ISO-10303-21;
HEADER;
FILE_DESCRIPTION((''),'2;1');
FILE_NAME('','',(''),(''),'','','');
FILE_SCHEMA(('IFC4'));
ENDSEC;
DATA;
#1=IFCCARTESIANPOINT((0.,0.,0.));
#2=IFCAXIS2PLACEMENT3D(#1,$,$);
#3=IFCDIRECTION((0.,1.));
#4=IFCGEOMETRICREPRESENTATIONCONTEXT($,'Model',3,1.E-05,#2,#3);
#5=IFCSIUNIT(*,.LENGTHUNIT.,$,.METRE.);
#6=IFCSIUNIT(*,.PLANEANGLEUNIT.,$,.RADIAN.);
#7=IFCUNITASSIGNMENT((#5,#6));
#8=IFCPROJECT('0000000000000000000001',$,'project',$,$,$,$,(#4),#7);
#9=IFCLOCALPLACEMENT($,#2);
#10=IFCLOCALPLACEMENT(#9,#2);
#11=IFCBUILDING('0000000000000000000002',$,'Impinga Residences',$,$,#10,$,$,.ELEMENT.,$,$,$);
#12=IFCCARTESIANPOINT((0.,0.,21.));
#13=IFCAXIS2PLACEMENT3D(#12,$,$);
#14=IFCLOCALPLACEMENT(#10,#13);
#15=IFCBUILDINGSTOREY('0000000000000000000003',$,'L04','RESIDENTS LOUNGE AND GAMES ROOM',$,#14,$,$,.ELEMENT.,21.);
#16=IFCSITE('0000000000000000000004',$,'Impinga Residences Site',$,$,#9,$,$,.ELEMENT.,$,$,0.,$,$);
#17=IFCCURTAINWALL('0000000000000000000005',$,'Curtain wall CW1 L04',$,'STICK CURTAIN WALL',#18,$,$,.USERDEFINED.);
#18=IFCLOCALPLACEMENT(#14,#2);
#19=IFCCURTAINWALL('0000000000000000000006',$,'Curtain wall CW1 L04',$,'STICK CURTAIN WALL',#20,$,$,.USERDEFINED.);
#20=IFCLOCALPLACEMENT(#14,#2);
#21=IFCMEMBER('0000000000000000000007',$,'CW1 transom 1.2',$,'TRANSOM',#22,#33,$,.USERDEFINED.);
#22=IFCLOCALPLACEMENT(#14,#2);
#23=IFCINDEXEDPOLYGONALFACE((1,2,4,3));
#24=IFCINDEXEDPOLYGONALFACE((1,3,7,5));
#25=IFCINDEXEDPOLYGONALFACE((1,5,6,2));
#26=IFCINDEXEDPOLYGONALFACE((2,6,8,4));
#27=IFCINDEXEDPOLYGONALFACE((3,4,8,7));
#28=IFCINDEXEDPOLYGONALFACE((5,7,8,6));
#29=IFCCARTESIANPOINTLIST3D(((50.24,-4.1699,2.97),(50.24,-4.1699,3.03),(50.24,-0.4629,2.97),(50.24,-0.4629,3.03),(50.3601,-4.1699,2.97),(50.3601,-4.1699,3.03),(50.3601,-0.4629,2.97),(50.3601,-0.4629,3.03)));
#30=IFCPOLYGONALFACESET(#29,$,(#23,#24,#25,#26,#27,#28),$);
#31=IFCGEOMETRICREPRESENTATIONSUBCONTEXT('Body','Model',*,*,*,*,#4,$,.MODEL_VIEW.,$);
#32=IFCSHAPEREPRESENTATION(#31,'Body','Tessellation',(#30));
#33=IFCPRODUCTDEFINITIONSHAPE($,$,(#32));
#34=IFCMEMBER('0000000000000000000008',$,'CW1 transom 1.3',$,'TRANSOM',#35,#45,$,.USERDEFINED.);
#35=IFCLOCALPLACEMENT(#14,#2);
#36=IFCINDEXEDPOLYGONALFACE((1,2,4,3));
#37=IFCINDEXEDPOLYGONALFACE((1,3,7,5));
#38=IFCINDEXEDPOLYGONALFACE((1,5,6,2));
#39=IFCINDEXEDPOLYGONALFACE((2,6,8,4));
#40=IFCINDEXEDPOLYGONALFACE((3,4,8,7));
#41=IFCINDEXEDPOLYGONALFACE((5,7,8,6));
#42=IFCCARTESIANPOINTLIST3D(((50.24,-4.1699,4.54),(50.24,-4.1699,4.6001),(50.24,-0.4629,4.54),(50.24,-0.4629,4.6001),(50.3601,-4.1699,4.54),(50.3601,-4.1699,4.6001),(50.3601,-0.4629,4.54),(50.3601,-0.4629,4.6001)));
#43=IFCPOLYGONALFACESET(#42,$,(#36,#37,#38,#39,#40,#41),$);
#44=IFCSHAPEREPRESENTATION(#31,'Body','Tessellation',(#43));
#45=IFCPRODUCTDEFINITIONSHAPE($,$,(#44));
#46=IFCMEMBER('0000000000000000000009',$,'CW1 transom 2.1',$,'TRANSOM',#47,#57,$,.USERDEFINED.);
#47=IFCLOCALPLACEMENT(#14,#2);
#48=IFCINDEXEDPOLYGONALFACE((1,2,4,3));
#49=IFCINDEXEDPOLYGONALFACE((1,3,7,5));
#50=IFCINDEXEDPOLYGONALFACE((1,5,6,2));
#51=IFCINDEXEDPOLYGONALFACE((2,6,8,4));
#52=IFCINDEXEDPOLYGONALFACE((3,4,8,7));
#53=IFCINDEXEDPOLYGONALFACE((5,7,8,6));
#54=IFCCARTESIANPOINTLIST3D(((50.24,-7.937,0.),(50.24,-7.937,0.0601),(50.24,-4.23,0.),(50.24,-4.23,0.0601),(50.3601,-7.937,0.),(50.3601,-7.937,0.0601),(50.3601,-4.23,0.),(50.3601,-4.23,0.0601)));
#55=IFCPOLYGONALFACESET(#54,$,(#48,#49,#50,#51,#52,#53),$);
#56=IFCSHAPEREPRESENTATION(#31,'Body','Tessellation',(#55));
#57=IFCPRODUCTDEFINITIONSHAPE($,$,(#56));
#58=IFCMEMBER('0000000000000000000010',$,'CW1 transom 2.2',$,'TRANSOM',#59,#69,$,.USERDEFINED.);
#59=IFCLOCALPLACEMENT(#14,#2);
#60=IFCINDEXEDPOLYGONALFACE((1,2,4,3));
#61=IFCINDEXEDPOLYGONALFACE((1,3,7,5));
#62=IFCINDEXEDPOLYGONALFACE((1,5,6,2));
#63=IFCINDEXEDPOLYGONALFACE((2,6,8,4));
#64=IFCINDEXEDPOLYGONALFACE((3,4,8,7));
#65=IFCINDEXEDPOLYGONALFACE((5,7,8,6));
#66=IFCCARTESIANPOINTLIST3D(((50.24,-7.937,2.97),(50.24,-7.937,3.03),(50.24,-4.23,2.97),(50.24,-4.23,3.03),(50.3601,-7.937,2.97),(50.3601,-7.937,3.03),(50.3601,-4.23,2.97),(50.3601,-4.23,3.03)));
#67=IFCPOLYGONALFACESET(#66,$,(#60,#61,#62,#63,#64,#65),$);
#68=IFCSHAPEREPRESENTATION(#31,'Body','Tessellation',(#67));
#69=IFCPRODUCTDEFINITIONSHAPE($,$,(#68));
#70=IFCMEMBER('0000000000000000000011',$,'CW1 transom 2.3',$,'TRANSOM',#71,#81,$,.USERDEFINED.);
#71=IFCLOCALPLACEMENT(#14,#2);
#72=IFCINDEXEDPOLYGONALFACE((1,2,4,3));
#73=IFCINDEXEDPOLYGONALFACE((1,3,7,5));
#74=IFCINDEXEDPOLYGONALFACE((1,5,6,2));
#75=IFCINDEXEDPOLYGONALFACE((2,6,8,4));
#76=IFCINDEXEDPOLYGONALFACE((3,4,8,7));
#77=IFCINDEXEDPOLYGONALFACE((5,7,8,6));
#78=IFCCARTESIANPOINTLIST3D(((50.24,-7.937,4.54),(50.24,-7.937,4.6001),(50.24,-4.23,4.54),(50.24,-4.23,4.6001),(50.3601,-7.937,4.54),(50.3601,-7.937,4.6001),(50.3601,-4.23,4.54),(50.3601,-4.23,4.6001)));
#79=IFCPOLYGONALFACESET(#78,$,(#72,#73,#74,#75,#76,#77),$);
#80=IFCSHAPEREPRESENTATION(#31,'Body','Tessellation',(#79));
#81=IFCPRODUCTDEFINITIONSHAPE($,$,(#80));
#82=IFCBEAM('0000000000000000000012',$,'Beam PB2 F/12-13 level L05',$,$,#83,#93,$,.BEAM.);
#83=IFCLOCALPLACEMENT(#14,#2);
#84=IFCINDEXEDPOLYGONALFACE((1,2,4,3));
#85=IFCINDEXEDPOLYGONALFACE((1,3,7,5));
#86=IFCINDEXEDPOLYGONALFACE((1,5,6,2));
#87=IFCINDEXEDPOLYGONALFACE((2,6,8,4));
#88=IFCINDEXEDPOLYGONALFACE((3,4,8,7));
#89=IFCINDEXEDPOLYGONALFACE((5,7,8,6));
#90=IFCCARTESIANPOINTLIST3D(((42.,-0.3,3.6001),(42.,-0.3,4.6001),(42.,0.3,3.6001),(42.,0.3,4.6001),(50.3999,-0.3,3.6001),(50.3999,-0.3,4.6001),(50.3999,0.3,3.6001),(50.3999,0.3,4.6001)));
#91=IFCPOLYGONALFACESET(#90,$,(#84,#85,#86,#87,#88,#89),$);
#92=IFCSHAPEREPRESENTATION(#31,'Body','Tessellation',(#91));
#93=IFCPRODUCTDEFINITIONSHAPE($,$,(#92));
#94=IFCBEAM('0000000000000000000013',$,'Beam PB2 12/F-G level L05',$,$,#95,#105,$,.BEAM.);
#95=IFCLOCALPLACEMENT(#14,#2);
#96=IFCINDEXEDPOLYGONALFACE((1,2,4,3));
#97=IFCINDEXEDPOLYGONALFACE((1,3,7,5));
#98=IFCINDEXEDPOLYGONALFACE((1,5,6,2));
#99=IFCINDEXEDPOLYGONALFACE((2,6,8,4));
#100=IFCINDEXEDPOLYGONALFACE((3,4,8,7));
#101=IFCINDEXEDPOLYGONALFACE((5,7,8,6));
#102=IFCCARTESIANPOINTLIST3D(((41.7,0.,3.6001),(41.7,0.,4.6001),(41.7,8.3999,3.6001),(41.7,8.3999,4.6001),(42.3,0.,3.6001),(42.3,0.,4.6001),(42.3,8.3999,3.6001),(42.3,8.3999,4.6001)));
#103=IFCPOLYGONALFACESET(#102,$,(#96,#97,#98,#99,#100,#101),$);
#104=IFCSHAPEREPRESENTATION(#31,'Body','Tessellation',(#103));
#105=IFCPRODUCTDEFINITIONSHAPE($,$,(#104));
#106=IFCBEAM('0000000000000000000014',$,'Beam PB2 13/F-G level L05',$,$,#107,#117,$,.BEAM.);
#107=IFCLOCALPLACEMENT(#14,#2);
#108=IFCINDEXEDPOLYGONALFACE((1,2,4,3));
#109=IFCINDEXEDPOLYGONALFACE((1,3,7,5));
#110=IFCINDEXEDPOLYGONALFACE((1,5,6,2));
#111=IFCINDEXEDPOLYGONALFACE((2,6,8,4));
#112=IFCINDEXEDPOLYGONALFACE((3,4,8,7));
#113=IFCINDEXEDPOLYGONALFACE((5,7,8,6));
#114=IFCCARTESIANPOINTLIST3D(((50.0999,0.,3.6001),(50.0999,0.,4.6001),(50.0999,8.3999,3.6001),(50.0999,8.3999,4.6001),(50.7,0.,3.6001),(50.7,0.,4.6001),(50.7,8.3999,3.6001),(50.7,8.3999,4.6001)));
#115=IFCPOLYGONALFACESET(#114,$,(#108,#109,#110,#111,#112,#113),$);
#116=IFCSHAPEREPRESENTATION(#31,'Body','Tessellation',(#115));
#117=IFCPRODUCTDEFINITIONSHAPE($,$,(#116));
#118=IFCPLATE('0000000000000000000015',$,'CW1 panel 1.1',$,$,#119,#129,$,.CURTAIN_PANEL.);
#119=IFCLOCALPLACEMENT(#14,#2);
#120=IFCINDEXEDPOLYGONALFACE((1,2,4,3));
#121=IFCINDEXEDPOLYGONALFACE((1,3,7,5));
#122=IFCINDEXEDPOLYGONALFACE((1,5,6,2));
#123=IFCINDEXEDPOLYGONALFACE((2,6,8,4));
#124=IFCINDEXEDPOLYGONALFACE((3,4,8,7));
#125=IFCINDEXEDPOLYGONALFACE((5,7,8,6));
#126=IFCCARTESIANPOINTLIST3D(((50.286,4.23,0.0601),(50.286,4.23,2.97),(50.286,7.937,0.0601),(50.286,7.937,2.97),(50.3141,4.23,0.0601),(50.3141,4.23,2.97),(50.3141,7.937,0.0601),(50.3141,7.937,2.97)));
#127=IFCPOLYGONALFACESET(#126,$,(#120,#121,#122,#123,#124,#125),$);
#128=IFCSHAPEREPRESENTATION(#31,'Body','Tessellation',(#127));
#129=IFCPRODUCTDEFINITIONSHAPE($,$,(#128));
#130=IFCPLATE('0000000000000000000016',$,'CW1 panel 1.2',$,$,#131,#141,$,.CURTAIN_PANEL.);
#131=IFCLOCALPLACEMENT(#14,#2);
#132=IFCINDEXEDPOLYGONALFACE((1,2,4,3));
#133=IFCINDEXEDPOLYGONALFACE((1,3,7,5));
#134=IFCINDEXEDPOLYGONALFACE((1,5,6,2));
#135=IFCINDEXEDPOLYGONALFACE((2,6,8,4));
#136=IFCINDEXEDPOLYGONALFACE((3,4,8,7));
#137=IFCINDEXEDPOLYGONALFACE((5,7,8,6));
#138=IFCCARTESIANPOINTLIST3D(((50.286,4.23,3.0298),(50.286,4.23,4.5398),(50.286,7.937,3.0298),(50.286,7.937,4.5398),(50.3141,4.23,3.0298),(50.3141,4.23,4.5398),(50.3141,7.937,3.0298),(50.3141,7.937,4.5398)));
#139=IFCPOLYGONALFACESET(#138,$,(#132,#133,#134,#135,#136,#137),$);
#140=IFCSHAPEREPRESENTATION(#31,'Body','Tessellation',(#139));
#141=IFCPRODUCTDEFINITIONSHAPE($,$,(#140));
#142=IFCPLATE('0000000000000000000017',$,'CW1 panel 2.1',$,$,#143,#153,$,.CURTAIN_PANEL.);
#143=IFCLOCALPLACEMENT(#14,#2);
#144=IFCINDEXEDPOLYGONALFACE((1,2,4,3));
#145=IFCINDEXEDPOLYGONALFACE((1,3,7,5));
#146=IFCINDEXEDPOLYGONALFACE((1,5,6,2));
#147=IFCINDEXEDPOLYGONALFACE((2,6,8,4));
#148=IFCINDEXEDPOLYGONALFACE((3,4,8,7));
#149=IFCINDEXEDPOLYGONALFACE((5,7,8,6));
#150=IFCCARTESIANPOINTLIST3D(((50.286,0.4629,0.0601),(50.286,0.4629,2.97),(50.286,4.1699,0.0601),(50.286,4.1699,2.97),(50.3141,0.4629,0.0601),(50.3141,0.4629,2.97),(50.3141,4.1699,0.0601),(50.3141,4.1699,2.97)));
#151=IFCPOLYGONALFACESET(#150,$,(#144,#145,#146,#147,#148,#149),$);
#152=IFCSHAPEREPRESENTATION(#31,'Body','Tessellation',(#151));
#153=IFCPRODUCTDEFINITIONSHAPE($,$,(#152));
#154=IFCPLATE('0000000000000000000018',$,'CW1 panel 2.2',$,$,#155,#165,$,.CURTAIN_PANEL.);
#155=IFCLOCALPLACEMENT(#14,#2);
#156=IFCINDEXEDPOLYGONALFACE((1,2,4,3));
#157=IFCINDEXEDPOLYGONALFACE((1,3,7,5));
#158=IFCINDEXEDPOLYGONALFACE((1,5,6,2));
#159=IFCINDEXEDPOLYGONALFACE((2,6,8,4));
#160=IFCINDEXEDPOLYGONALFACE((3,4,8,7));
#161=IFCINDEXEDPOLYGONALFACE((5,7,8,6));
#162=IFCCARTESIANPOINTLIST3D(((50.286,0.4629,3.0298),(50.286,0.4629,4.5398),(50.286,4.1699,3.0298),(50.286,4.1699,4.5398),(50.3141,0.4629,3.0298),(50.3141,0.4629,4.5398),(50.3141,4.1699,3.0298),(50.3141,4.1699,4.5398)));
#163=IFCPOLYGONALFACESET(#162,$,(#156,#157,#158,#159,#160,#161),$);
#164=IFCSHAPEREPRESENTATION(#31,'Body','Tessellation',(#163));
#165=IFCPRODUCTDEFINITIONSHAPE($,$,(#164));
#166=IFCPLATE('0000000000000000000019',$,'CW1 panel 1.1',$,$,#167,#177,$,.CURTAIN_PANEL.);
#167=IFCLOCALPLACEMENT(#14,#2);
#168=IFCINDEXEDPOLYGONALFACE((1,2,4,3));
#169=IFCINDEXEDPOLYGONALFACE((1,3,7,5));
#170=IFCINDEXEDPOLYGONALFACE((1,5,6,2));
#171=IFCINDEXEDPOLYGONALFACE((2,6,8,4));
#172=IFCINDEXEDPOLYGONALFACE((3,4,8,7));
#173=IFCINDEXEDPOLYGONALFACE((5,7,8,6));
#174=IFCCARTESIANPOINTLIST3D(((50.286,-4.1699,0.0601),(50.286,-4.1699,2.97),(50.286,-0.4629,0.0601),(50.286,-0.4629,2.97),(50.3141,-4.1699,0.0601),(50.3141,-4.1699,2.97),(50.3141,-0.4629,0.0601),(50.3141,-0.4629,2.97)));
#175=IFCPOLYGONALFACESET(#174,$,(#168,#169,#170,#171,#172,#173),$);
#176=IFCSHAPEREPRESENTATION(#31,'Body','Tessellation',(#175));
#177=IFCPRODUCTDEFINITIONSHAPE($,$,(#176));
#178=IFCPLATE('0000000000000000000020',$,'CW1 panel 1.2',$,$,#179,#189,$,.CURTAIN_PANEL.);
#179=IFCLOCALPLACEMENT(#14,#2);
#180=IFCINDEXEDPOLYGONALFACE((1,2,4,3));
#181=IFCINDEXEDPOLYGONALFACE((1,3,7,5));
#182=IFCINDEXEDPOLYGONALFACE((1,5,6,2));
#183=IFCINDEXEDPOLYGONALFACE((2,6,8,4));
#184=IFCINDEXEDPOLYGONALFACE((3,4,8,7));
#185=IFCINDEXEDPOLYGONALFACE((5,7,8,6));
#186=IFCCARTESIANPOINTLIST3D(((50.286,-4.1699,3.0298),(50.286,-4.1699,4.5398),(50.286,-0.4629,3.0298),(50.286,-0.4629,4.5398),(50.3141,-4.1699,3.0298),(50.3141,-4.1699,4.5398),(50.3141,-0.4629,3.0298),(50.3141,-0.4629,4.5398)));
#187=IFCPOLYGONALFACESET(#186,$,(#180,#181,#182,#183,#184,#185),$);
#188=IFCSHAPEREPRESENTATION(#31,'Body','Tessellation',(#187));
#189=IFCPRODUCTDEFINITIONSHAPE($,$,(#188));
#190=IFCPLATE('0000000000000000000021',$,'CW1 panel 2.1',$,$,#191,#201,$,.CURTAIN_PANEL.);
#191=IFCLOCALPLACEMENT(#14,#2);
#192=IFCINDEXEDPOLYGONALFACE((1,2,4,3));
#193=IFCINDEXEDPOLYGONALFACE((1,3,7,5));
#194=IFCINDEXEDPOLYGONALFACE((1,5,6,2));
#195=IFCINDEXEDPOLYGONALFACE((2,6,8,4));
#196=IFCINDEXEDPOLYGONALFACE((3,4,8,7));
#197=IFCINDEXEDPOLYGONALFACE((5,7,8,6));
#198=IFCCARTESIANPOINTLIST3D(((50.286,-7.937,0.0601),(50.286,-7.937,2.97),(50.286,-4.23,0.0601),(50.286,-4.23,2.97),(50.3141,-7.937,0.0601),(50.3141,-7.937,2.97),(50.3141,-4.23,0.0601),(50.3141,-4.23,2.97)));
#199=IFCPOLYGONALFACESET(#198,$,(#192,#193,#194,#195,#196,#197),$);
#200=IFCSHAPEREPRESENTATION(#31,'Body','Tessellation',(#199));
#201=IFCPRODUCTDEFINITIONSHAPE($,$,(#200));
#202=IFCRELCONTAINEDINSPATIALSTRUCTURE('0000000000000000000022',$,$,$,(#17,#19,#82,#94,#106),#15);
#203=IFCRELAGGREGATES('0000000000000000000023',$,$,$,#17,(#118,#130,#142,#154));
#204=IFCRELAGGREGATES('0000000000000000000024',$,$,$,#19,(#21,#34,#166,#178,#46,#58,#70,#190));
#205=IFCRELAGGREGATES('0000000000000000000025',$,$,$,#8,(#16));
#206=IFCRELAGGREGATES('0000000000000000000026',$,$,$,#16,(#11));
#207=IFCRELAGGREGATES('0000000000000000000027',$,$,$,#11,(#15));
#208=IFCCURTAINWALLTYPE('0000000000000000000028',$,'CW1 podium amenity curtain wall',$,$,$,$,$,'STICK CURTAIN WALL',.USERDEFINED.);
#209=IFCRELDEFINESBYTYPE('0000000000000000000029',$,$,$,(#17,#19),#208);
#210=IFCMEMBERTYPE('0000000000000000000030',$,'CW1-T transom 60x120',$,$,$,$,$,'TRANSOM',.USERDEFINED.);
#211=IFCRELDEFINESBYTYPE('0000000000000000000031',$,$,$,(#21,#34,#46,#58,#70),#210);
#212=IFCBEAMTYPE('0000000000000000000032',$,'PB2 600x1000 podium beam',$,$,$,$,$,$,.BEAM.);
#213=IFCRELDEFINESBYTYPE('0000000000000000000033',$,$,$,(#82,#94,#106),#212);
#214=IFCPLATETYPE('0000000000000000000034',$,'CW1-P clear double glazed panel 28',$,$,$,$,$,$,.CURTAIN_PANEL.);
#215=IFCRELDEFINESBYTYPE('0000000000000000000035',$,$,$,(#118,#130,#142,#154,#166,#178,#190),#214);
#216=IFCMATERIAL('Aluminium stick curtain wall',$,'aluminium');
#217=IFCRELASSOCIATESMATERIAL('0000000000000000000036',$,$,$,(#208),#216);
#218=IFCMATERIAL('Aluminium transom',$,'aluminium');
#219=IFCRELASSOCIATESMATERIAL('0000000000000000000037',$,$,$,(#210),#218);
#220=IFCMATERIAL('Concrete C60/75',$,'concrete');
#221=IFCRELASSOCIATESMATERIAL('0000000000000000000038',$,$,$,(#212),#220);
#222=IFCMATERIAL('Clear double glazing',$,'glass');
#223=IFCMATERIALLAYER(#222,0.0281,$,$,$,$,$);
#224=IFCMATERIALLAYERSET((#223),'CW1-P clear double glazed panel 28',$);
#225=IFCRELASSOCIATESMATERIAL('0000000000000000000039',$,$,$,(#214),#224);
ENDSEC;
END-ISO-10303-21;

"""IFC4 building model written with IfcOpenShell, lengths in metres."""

from ifc_helpers import new_model, si_unit, direction, frame, origin, origin_2d, place, context, subcontext, project, spatial, rectangle, extrude, material, layer, layer_set, material_profile, profile_set, type_object, element, aggregate, save


model = new_model("IFC4")

# Units and contexts
model_context = context("Model", 3, precision=1e-05, world=origin(), true_north=direction((0.0, 1.0)))
body_context = subcontext(model_context, "Body", "Model", "MODEL_VIEW")
ifc_project = project(units=[si_unit("LENGTHUNIT", "METRE"), si_unit("PLANEANGLEUNIT", "RADIAN")], contexts=[model_context])

# Site, building, storey
site_placement = place(None, origin())
site = spatial("IfcSite", under=ifc_project, at=site_placement, Name="Impinga Residences Site", CompositionType="ELEMENT", RefElevation=0.0)
building_placement = place(site_placement, origin())
building = spatial("IfcBuilding", under=site, at=building_placement, Name="Impinga Residences", CompositionType="ELEMENT")
storey_placement = place(building_placement, frame((0.0, 0.0, 21.0)))
storey = spatial("IfcBuildingStorey", under=building, at=storey_placement, Name="L04", Description="RESIDENTS LOUNGE AND GAMES ROOM", CompositionType="ELEMENT", Elevation=21.0)

# Curtain walls
ifc_material_1 = material(Name="Aluminium stick curtain wall", Category="aluminium")
curtain_wall_type = type_object("IfcCurtainWallType", Name="CW1 podium amenity curtain wall", ElementType="STICK CURTAIN WALL", PredefinedType="USERDEFINED", material=ifc_material_1)
curtain_wall_1_placement = place(storey_placement, origin())
curtain_wall_1 = element("IfcCurtainWall", 1, at=curtain_wall_1_placement, inside=storey, type_object=curtain_wall_type, Name="Curtain wall CW1 L04", ObjectType="STICK CURTAIN WALL", PredefinedType="USERDEFINED")
curtain_wall_2_placement = place(storey_placement, origin())
curtain_wall_2 = element("IfcCurtainWall", 2, at=curtain_wall_2_placement, inside=storey, type_object=curtain_wall_type, Name="Curtain wall CW1 L04", ObjectType="STICK CURTAIN WALL", PredefinedType="USERDEFINED")

# Members
ifc_material_2 = material(Name="Aluminium transom", Category="aluminium")
ifc_material_profile_1 = material_profile(ifc_material_2, rectangle(XDim=0.0601, YDim=0.1201, at=origin_2d()), Name="60x120 transom")
ifc_profile_set_1 = profile_set([ifc_material_profile_1], Name="Aluminium transom")
member_type_1 = type_object("IfcMemberType", Name="CW1-T transom 60x120", ElementType="TRANSOM", PredefinedType="USERDEFINED", material=ifc_profile_set_1)
member_1_placement = place(storey_placement, frame((50.3, -0.4629, 3.0), z_axis=(0.0, -1.0, 0.0), x_axis=(0.0, 0.0, 1.0)))
member_1 = element("IfcMember", 3, at=member_1_placement, type_object=member_type_1, Name="CW1 transom 1.2", ObjectType="TRANSOM", PredefinedType="USERDEFINED", context=body_context, shape_type="SweptSolid", body=[
    extrude(rectangle(XDim=0.0601, YDim=0.1201, at=origin_2d()), origin(), (0.0, 0.0, 1.0), 3.707),
])
member_2_placement = place(storey_placement, frame((50.3, -0.4629, 4.5701), z_axis=(0.0, -1.0, 0.0), x_axis=(0.0, 0.0, 1.0)))
member_2 = element("IfcMember", 4, at=member_2_placement, type_object=member_type_1, Name="CW1 transom 1.3", ObjectType="TRANSOM", PredefinedType="USERDEFINED", context=body_context, shape_type="SweptSolid", body=[
    extrude(rectangle(XDim=0.0601, YDim=0.1201, at=origin_2d()), origin(), (0.0, 0.0, 1.0), 3.707),
])
member_3_placement = place(storey_placement, frame((50.3, -4.23, 0.03), z_axis=(0.0, -1.0, 0.0), x_axis=(0.0, 0.0, 1.0)))
member_3 = element("IfcMember", 5, at=member_3_placement, type_object=member_type_1, Name="CW1 transom 2.1", ObjectType="TRANSOM", PredefinedType="USERDEFINED", context=body_context, shape_type="SweptSolid", body=[
    extrude(rectangle(XDim=0.0601, YDim=0.1201, at=origin_2d()), origin(), (0.0, 0.0, 1.0), 3.707),
])
member_4_placement = place(storey_placement, frame((50.3, -4.23, 3.0), z_axis=(0.0, -1.0, 0.0), x_axis=(0.0, 0.0, 1.0)))
member_4 = element("IfcMember", 6, at=member_4_placement, type_object=member_type_1, Name="CW1 transom 2.2", ObjectType="TRANSOM", PredefinedType="USERDEFINED", context=body_context, shape_type="SweptSolid", body=[
    extrude(rectangle(XDim=0.0601, YDim=0.1201, at=origin_2d()), origin(), (0.0, 0.0, 1.0), 3.707),
])
member_5_placement = place(storey_placement, frame((50.3, -4.23, 4.5701), z_axis=(0.0, -1.0, 0.0), x_axis=(0.0, 0.0, 1.0)))
member_5 = element("IfcMember", 7, at=member_5_placement, type_object=member_type_1, Name="CW1 transom 2.3", ObjectType="TRANSOM", PredefinedType="USERDEFINED", context=body_context, shape_type="SweptSolid", body=[
    extrude(rectangle(XDim=0.0601, YDim=0.1201, at=origin_2d()), origin(), (0.0, 0.0, 1.0), 3.707),
])

# Beams
ifc_material_3 = material(Name="Concrete C60/75", Category="concrete")
ifc_material_profile_2 = material_profile(ifc_material_3, rectangle(XDim=0.6001, YDim=1.0, at=origin_2d()), Name="RC 600x1000")
ifc_profile_set_2 = profile_set([ifc_material_profile_2], Name="Concrete C60/75")
beam_type = type_object("IfcBeamType", Name="PB2 600x1000 podium beam", PredefinedType="BEAM", material=ifc_profile_set_2)
for number, where, z_axis, x_axis, name in (
    (8, (42.0, 0.0, 4.1001), (1.0, 0.0, 0.0), (0.0, 1.0, 0.0), "Beam PB2 F/12-13 level L05"),
    (9, (42.0, 0.0, 4.1001), (0.0, 1.0, 0.0), (-1.0, 0.0, 0.0), "Beam PB2 12/F-G level L05"),
    (10, (50.3999, 0.0, 4.1001), (0.0, 1.0, 0.0), (-1.0, 0.0, 0.0), "Beam PB2 13/F-G level L05"),
):
    element("IfcBeam", number, at=place(storey_placement, frame(where, z_axis=z_axis, x_axis=x_axis)), inside=storey, type_object=beam_type, Name=name, PredefinedType="BEAM", context=body_context, shape_type="SweptSolid", body=[
        extrude(rectangle(XDim=0.6001, YDim=1.0, at=origin_2d()), origin(), (0.0, 0.0, 1.0), 8.3999),
    ])

# Plates
ifc_material_4 = material(Name="Clear double glazing", Category="glass")
ifc_layer = layer(ifc_material_4, 0.0281)
ifc_layer_set = layer_set([ifc_layer], Name="CW1-P clear double glazed panel 28")
plate_type = type_object("IfcPlateType", Name="CW1-P clear double glazed panel 28", PredefinedType="CURTAIN_PANEL", material=ifc_layer_set)
plate_1_placement = place(storey_placement, frame((50.3, 6.0835, 0.0601), z_axis=(0.0, 0.0, 1.0), x_axis=(0.0, -1.0, 0.0)))
plate_1 = element("IfcPlate", 11, at=plate_1_placement, type_object=plate_type, Name="CW1 panel 1.1", PredefinedType="CURTAIN_PANEL", context=body_context, shape_type="SweptSolid", body=[
    extrude(rectangle(XDim=3.707, YDim=0.0281, at=origin_2d()), origin(), (0.0, 0.0, 1.0), 2.9099),
])
plate_2_placement = place(storey_placement, frame((50.3, 6.0835, 3.0298), z_axis=(0.0, 0.0, 1.0), x_axis=(0.0, -1.0, 0.0)))
plate_2 = element("IfcPlate", 12, at=plate_2_placement, type_object=plate_type, Name="CW1 panel 1.2", PredefinedType="CURTAIN_PANEL", context=body_context, shape_type="SweptSolid", body=[
    extrude(rectangle(XDim=3.707, YDim=0.0281, at=origin_2d()), origin(), (0.0, 0.0, 1.0), 1.51),
])
plate_3_placement = place(storey_placement, frame((50.3, 2.3164, 0.0601), z_axis=(0.0, 0.0, 1.0), x_axis=(0.0, -1.0, 0.0)))
plate_3 = element("IfcPlate", 13, at=plate_3_placement, type_object=plate_type, Name="CW1 panel 2.1", PredefinedType="CURTAIN_PANEL", context=body_context, shape_type="SweptSolid", body=[
    extrude(rectangle(XDim=3.707, YDim=0.0281, at=origin_2d()), origin(), (0.0, 0.0, 1.0), 2.9099),
])
plate_4_placement = place(storey_placement, frame((50.3, 2.3164, 3.0298), z_axis=(0.0, 0.0, 1.0), x_axis=(0.0, -1.0, 0.0)))
plate_4 = element("IfcPlate", 14, at=plate_4_placement, type_object=plate_type, Name="CW1 panel 2.2", PredefinedType="CURTAIN_PANEL", context=body_context, shape_type="SweptSolid", body=[
    extrude(rectangle(XDim=3.707, YDim=0.0281, at=origin_2d()), origin(), (0.0, 0.0, 1.0), 1.51),
])
aggregate(curtain_wall_1, [plate_1, plate_2, plate_3, plate_4])
plate_5_placement = place(storey_placement, frame((50.3, -2.3164, 0.0601), z_axis=(0.0, 0.0, 1.0), x_axis=(0.0, -1.0, 0.0)))
plate_5 = element("IfcPlate", 15, at=plate_5_placement, type_object=plate_type, Name="CW1 panel 1.1", PredefinedType="CURTAIN_PANEL", context=body_context, shape_type="SweptSolid", body=[
    extrude(rectangle(XDim=3.707, YDim=0.0281, at=origin_2d()), origin(), (0.0, 0.0, 1.0), 2.9099),
])
plate_6_placement = place(storey_placement, frame((50.3, -2.3164, 3.0298), z_axis=(0.0, 0.0, 1.0), x_axis=(0.0, -1.0, 0.0)))
plate_6 = element("IfcPlate", 16, at=plate_6_placement, type_object=plate_type, Name="CW1 panel 1.2", PredefinedType="CURTAIN_PANEL", context=body_context, shape_type="SweptSolid", body=[
    extrude(rectangle(XDim=3.707, YDim=0.0281, at=origin_2d()), origin(), (0.0, 0.0, 1.0), 1.51),
])
plate_7_placement = place(storey_placement, frame((50.3, -6.0835, 0.0601), z_axis=(0.0, 0.0, 1.0), x_axis=(0.0, -1.0, 0.0)))
plate_7 = element("IfcPlate", 17, at=plate_7_placement, type_object=plate_type, Name="CW1 panel 2.1", PredefinedType="CURTAIN_PANEL", context=body_context, shape_type="SweptSolid", body=[
    extrude(rectangle(XDim=3.707, YDim=0.0281, at=origin_2d()), origin(), (0.0, 0.0, 1.0), 2.9099),
])
aggregate(curtain_wall_2, [member_1, member_2, plate_5, plate_6, member_3, member_4, member_5, plate_7])

save(model, "model.ifc")
